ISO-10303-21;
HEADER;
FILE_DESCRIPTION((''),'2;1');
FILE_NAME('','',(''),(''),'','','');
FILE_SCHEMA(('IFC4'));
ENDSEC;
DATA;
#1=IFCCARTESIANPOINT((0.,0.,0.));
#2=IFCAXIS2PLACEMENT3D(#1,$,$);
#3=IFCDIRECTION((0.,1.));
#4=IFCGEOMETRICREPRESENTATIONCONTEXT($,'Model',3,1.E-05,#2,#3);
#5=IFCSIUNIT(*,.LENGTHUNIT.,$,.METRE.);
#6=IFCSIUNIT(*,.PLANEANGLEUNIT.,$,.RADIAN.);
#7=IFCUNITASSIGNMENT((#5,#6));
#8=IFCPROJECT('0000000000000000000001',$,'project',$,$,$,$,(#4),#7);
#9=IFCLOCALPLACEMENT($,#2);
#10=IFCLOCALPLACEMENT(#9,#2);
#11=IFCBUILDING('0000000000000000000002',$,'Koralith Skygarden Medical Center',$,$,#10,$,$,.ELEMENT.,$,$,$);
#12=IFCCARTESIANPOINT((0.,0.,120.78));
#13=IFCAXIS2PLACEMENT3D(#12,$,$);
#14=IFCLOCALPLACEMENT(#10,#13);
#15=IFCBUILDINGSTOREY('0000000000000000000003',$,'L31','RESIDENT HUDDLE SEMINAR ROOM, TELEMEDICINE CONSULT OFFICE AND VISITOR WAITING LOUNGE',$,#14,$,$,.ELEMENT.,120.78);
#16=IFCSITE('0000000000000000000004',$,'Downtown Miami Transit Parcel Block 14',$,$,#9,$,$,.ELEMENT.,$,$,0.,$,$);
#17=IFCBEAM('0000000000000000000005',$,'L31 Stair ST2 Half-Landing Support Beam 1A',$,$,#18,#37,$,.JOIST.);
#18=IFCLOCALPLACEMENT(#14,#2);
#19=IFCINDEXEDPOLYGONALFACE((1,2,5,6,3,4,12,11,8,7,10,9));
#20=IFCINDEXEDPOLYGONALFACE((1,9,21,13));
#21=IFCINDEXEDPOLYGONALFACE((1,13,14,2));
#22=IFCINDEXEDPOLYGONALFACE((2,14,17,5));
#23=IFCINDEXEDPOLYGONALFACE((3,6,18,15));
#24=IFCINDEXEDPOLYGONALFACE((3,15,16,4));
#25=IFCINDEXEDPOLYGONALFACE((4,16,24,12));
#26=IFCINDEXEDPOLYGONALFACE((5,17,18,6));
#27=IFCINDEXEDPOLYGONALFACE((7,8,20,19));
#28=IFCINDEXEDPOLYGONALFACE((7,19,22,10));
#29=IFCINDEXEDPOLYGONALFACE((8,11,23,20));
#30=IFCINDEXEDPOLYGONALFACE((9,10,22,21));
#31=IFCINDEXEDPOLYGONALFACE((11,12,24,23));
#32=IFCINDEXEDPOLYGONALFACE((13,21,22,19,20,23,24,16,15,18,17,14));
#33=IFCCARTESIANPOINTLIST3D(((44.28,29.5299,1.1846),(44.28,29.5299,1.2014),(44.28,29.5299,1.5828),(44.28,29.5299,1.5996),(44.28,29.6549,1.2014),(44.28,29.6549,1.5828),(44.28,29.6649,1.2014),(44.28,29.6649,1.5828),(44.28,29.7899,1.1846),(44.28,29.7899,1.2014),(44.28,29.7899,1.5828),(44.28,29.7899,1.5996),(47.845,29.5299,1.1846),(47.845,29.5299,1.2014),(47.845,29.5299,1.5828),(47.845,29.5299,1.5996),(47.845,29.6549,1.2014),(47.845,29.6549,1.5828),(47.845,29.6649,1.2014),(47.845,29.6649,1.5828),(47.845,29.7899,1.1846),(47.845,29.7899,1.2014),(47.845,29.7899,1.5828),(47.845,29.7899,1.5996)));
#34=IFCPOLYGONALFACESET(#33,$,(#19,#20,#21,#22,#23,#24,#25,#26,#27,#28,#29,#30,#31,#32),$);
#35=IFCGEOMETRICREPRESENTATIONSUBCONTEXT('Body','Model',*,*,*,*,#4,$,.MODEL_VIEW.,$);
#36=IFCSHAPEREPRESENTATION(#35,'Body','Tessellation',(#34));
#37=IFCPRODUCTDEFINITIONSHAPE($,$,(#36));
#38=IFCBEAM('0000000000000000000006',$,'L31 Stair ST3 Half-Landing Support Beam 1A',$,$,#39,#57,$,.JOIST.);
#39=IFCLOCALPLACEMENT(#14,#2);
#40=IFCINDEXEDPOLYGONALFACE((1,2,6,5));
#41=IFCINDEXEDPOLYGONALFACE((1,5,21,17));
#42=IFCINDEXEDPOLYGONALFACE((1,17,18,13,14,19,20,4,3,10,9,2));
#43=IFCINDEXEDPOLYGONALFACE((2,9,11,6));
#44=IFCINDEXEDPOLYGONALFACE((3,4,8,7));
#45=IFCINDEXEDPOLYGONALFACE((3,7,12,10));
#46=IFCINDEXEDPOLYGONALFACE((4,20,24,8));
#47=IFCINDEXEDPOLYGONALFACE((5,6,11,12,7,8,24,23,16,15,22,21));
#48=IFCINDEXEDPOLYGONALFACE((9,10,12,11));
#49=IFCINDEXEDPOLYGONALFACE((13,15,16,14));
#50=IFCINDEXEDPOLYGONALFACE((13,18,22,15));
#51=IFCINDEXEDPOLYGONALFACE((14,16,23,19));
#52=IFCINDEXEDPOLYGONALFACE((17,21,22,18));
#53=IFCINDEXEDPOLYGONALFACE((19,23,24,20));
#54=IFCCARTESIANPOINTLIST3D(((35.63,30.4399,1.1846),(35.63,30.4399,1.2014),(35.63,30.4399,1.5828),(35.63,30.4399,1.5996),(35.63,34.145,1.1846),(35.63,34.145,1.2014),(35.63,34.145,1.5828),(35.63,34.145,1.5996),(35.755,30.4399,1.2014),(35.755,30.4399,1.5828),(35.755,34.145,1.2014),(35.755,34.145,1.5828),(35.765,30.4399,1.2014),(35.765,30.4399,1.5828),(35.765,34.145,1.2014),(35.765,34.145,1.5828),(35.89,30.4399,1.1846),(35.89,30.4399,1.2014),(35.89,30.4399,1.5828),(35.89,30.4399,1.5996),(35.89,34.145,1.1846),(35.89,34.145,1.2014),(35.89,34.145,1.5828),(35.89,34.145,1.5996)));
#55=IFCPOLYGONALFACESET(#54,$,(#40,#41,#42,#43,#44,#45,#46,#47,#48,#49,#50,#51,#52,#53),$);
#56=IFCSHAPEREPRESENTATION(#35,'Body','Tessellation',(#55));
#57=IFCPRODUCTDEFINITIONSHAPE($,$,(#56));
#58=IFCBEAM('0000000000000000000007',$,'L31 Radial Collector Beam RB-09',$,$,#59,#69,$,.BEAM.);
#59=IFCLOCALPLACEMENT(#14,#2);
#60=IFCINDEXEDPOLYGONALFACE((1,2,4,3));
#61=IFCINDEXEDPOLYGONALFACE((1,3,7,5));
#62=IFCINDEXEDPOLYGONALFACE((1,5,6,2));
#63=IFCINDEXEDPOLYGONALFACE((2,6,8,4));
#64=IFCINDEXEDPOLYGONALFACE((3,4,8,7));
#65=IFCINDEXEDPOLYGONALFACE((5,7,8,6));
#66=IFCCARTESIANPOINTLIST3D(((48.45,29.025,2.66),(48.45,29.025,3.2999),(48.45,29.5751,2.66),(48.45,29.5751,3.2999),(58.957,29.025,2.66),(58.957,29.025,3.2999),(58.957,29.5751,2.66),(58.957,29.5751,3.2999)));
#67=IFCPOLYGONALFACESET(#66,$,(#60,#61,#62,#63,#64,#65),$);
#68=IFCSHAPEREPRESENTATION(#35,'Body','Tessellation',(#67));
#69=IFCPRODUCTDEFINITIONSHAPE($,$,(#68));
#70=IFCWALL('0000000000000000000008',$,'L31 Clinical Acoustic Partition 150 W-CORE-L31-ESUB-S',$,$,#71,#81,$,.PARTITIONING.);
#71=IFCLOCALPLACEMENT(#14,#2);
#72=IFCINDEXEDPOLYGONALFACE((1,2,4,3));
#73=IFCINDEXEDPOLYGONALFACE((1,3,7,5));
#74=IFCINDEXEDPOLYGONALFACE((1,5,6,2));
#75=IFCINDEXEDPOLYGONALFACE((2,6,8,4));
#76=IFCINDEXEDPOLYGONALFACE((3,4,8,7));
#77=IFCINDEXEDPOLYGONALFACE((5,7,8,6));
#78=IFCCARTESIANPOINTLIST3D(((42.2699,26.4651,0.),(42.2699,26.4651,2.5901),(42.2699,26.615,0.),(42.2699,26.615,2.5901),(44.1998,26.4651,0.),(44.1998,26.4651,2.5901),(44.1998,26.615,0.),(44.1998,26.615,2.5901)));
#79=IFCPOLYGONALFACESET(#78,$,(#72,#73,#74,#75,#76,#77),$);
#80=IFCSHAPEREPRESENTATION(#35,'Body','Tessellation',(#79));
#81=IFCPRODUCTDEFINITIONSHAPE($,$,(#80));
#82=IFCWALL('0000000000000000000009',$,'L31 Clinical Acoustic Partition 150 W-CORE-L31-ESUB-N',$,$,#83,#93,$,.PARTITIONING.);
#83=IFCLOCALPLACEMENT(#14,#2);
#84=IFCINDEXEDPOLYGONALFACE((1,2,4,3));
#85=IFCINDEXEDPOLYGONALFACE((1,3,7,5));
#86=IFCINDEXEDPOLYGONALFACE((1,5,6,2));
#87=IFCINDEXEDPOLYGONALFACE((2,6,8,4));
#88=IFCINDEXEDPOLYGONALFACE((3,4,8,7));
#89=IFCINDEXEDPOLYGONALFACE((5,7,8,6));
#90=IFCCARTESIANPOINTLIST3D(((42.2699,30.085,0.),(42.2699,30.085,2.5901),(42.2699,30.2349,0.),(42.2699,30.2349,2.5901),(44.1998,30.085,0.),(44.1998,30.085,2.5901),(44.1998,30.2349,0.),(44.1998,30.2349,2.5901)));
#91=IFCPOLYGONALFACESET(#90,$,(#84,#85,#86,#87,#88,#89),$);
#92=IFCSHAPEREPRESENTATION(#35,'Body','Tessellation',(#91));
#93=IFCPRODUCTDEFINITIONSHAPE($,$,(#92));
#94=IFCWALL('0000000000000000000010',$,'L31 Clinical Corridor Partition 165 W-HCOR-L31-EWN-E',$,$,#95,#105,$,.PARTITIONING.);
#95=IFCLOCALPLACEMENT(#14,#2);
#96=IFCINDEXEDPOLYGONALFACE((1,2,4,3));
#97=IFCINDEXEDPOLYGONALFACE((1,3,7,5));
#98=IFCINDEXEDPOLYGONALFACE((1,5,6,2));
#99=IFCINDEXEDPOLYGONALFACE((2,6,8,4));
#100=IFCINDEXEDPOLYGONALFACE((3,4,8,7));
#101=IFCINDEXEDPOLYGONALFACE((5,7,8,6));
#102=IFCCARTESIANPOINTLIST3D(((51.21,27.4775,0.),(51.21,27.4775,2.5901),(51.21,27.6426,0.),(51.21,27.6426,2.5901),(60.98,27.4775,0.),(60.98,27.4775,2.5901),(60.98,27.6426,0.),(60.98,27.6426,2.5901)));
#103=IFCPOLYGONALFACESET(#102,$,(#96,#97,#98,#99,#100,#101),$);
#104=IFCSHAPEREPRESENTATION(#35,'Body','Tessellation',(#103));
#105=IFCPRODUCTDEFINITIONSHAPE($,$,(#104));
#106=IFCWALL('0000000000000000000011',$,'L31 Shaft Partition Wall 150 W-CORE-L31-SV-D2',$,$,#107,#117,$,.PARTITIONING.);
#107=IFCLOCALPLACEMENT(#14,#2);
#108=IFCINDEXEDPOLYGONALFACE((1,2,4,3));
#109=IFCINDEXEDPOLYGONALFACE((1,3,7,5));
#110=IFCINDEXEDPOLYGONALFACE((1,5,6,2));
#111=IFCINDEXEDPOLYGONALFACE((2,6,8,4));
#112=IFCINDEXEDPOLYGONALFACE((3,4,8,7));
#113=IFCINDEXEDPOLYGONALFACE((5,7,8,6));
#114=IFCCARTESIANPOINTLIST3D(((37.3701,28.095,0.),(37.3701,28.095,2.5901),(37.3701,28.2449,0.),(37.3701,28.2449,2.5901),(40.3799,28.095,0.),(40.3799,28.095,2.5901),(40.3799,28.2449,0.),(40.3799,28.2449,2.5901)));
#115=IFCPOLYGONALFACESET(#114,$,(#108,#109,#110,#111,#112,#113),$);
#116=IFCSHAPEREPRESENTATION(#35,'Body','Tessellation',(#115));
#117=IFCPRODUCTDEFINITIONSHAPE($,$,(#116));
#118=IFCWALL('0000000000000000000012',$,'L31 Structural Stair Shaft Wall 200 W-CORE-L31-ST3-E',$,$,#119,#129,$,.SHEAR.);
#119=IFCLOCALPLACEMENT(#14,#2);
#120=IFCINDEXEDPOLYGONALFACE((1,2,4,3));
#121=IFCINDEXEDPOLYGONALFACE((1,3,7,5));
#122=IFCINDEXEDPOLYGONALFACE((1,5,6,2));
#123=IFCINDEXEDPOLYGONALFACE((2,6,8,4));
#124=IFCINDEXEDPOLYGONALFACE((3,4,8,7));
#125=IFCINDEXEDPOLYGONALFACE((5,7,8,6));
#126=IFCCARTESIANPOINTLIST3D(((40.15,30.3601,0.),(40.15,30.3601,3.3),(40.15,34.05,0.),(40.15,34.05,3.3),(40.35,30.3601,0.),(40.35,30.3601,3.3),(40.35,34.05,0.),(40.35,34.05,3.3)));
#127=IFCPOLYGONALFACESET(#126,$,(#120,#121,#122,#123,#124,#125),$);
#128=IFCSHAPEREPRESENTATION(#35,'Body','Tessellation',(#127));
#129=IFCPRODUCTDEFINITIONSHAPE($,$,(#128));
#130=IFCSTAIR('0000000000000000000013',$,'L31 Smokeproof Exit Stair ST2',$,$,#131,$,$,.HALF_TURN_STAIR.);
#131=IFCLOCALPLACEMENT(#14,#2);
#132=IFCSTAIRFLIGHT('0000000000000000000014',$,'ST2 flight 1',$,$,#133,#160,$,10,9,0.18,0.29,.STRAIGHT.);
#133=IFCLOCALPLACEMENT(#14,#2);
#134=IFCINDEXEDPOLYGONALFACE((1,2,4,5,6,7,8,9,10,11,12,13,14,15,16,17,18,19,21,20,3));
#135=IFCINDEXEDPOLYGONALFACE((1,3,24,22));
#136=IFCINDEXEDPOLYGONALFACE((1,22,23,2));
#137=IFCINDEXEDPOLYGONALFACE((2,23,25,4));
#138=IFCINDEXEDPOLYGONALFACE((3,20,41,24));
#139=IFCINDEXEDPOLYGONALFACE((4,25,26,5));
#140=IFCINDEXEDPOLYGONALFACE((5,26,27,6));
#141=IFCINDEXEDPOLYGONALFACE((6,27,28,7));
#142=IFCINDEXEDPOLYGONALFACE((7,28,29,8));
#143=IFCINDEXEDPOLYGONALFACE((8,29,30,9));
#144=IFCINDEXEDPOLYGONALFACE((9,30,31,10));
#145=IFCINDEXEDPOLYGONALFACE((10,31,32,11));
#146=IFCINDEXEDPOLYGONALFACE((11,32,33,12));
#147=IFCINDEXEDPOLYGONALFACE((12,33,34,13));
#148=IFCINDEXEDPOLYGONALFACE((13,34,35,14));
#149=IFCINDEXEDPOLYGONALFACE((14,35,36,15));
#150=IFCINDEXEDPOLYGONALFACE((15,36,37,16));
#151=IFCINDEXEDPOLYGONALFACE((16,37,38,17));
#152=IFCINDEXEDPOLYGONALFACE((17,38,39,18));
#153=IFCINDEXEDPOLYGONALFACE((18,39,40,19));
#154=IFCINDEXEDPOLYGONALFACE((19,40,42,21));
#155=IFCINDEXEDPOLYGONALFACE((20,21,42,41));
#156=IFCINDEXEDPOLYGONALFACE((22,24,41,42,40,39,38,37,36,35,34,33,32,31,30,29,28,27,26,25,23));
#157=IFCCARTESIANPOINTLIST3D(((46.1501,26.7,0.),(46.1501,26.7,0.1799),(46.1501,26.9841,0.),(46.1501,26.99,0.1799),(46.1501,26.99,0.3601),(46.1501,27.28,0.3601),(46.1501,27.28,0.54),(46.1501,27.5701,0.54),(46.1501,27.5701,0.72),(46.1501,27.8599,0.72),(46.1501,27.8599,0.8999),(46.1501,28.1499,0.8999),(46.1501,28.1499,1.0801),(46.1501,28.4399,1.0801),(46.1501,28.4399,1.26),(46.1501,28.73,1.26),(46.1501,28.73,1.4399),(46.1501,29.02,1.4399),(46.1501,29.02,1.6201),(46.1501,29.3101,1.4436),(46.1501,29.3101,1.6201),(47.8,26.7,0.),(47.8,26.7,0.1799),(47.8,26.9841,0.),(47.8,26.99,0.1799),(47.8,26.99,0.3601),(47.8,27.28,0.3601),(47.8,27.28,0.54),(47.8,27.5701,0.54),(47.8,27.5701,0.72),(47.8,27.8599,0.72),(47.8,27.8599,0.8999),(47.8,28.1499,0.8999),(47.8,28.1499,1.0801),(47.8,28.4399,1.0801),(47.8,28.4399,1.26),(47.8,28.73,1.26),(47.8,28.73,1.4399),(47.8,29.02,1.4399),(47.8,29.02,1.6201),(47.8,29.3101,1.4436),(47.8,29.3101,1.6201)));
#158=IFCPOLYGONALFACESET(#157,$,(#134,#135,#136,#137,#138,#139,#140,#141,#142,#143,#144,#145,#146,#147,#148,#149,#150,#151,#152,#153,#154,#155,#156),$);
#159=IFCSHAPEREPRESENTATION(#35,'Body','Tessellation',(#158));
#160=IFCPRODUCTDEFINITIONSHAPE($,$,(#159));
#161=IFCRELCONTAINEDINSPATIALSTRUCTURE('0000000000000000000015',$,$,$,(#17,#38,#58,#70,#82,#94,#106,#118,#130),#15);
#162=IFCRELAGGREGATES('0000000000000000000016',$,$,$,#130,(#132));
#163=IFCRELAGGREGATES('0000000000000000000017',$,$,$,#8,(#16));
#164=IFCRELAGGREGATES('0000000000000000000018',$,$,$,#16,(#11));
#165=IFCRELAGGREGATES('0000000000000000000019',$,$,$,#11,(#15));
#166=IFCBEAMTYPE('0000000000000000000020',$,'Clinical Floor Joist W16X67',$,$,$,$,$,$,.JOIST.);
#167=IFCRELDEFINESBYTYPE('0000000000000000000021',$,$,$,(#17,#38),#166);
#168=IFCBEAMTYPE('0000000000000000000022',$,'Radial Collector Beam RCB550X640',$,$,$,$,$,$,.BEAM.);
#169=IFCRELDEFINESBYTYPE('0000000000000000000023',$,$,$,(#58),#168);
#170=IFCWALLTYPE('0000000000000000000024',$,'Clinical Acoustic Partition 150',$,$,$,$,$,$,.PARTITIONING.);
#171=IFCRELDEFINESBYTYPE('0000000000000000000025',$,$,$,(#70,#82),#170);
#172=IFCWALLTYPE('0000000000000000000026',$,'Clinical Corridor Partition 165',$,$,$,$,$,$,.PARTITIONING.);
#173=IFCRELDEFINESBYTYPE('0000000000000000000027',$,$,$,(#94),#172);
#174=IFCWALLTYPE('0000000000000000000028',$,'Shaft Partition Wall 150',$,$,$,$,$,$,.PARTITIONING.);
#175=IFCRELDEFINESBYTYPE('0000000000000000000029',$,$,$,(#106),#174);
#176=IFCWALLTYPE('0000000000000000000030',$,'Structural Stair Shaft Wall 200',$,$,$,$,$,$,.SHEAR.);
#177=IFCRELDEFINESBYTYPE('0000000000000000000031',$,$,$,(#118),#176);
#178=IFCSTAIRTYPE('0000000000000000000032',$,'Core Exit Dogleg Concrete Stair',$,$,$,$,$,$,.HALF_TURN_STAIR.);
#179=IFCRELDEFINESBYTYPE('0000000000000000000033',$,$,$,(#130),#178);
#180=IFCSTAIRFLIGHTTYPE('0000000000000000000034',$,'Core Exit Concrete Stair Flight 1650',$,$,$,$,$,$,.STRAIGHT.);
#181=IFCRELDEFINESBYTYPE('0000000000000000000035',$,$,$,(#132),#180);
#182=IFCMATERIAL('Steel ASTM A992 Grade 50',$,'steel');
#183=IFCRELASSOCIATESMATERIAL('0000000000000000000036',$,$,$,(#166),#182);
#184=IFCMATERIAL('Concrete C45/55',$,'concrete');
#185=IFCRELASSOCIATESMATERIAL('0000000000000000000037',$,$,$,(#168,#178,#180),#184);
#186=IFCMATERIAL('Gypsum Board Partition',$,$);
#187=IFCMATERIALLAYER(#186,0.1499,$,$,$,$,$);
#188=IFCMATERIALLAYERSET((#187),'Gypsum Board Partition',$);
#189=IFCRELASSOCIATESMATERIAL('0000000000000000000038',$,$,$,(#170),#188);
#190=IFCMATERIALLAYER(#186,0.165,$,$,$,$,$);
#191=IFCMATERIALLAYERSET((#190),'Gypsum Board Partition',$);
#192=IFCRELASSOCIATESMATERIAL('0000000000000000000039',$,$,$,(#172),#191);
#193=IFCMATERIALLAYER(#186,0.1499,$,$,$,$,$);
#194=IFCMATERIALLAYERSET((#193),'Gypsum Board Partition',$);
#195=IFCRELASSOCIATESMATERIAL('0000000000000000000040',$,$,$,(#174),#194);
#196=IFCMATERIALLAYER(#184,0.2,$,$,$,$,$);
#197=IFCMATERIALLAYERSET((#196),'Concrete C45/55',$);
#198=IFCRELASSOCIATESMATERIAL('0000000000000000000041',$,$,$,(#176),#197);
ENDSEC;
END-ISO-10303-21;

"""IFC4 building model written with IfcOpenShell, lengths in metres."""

from ifc_helpers import new_model, si_unit, direction, frame, frame_2d, origin, origin_2d, place, context, subcontext, project, spatial, polyline, rectangle, i_section, outline, extrude, material, layer, layer_set, material_profile, profile_set, type_object, element, aggregate, save


model = new_model("IFC4")

# Units and contexts
model_context = context("Model", 3, precision=1e-05, world=origin(), true_north=direction((0.0, 1.0)))
body_context = subcontext(model_context, "Body", "Model", "MODEL_VIEW")
ifc_project = project(units=[si_unit("LENGTHUNIT", "METRE"), si_unit("PLANEANGLEUNIT", "RADIAN")], contexts=[model_context])

# Site, building, storey
site_placement = place(None, origin())
site = spatial("IfcSite", under=ifc_project, at=site_placement, Name="Downtown Miami Transit Parcel Block 14", CompositionType="ELEMENT", RefElevation=0.0)
building_placement = place(site_placement, origin())
building = spatial("IfcBuilding", under=site, at=building_placement, Name="Koralith Skygarden Medical Center", CompositionType="ELEMENT")
storey_placement = place(building_placement, frame((0.0, 0.0, 120.78)))
storey = spatial("IfcBuildingStorey", under=building, at=storey_placement, Name="L31", Description="RESIDENT HUDDLE SEMINAR ROOM, TELEMEDICINE CONSULT OFFICE AND VISITOR WAITING LOUNGE", CompositionType="ELEMENT", Elevation=120.78)

# Beams
ifc_material_1 = material(Name="Steel ASTM A992 Grade 50", Category="steel")
ifc_material_profile_1 = material_profile(ifc_material_1, i_section(OverallWidth=0.26, OverallDepth=0.415, WebThickness=0.01, FlangeThickness=0.0168, at=origin_2d()), Name="W16X67")
ifc_profile_set_1 = profile_set([ifc_material_profile_1], Name="Steel ASTM A992 Grade 50")
beam_type_1 = type_object("IfcBeamType", Name="Clinical Floor Joist W16X67", PredefinedType="JOIST", material=ifc_profile_set_1)
beam_1_placement = place(storey_placement, frame((44.28, 29.6599, 1.3921), z_axis=(1.0, 0.0, 0.0), x_axis=(0.0, 1.0, 0.0)))
element("IfcBeam", 1, at=beam_1_placement, inside=storey, type_object=beam_type_1, Name="L31 Stair ST2 Half-Landing Support Beam 1A", PredefinedType="JOIST", context=body_context, shape_type="SweptSolid", body=[
    extrude(i_section(OverallWidth=0.26, OverallDepth=0.415, WebThickness=0.01, FlangeThickness=0.0168, at=origin_2d()), origin(), (0.0, 0.0, 1.0), 3.5649),
])
beam_2_placement = place(storey_placement, frame((35.76, 30.4399, 1.3921), z_axis=(0.0, 1.0, 0.0), x_axis=(-1.0, 0.0, 0.0)))
element("IfcBeam", 2, at=beam_2_placement, inside=storey, type_object=beam_type_1, Name="L31 Stair ST3 Half-Landing Support Beam 1A", PredefinedType="JOIST", context=body_context, shape_type="SweptSolid", body=[
    extrude(i_section(OverallWidth=0.26, OverallDepth=0.415, WebThickness=0.01, FlangeThickness=0.0168, at=origin_2d()), origin(), (0.0, 0.0, 1.0), 3.7051),
])
ifc_material_2 = material(Name="Concrete C45/55", Category="concrete")
ifc_material_profile_2 = material_profile(ifc_material_2, rectangle(XDim=0.55, YDim=0.6399, at=origin_2d()), Name="RCB550X640")
ifc_profile_set_2 = profile_set([ifc_material_profile_2], Name="Concrete C45/55")
beam_type_2 = type_object("IfcBeamType", Name="Radial Collector Beam RCB550X640", PredefinedType="BEAM", material=ifc_profile_set_2)
beam_3_placement = place(storey_placement, frame((48.45, 29.3, 2.98), z_axis=(1.0, 0.0, 0.0), x_axis=(0.0, 1.0, 0.0)))
element("IfcBeam", 3, at=beam_3_placement, inside=storey, type_object=beam_type_2, Name="L31 Radial Collector Beam RB-09", PredefinedType="BEAM", context=body_context, shape_type="SweptSolid", body=[
    extrude(rectangle(XDim=0.55, YDim=0.6399, at=origin_2d()), origin(), (0.0, 0.0, 1.0), 10.5071),
])

# Shared definitions
ifc_material_3 = material(Name="Gypsum Board Partition")
ifc_layer_1 = layer(ifc_material_3, 0.1499)
ifc_layer_set_1 = layer_set([ifc_layer_1], Name="Gypsum Board Partition")
wall_type_1 = type_object("IfcWallType", Name="Clinical Acoustic Partition 150", PredefinedType="PARTITIONING", material=ifc_layer_set_1)

# Walls
for number, where, z_axis, x_axis, name in (
    (4, (42.27, 26.54, 0.0), (0.0, 0.0, 1.0), (1.0, 0.0, 0.0), "L31 Clinical Acoustic Partition 150 W-CORE-L31-ESUB-S"),
    (5, (42.27, 30.1599, 0.0), (0.0, 0.0, 1.0), (1.0, 0.0, 0.0), "L31 Clinical Acoustic Partition 150 W-CORE-L31-ESUB-N"),
):
    element("IfcWall", number, at=place(storey_placement, frame(where, z_axis=z_axis, x_axis=x_axis)), inside=storey, type_object=wall_type_1, Name=name, PredefinedType="PARTITIONING", context=body_context, shape_type="SweptSolid", body=[
        extrude(rectangle(XDim=1.9299, YDim=0.1499, at=frame_2d((0.9648, 0.0))), origin(), (0.0, 0.0, 1.0), 2.5901),
    ])
ifc_layer_2 = layer(ifc_material_3, 0.165)
ifc_layer_set_2 = layer_set([ifc_layer_2], Name="Gypsum Board Partition")
wall_type_2 = type_object("IfcWallType", Name="Clinical Corridor Partition 165", PredefinedType="PARTITIONING", material=ifc_layer_set_2)
wall_1_placement = place(storey_placement, frame((51.21, 27.5601, 0.0), z_axis=(0.0, 0.0, 1.0), x_axis=(1.0, 0.0, 0.0)))
element("IfcWall", 6, at=wall_1_placement, inside=storey, type_object=wall_type_2, Name="L31 Clinical Corridor Partition 165 W-HCOR-L31-EWN-E", PredefinedType="PARTITIONING", context=body_context, shape_type="SweptSolid", body=[
    extrude(rectangle(XDim=9.77, YDim=0.165, at=frame_2d((4.885, 0.0))), origin(), (0.0, 0.0, 1.0), 2.5901),
])
ifc_layer_3 = layer(ifc_material_3, 0.1499)
ifc_layer_set_3 = layer_set([ifc_layer_3], Name="Gypsum Board Partition")
wall_type_3 = type_object("IfcWallType", Name="Shaft Partition Wall 150", PredefinedType="PARTITIONING", material=ifc_layer_set_3)
wall_2_placement = place(storey_placement, frame((37.3701, 28.1699, 0.0), z_axis=(0.0, 0.0, 1.0), x_axis=(1.0, 0.0, 0.0)))
element("IfcWall", 7, at=wall_2_placement, inside=storey, type_object=wall_type_3, Name="L31 Shaft Partition Wall 150 W-CORE-L31-SV-D2", PredefinedType="PARTITIONING", context=body_context, shape_type="SweptSolid", body=[
    extrude(rectangle(XDim=3.0098, YDim=0.1499, at=frame_2d((1.5049, 0.0))), origin(), (0.0, 0.0, 1.0), 2.5901),
])
ifc_layer_4 = layer(ifc_material_2, 0.2)
ifc_layer_set_4 = layer_set([ifc_layer_4], Name="Concrete C45/55")
wall_type_4 = type_object("IfcWallType", Name="Structural Stair Shaft Wall 200", PredefinedType="SHEAR", material=ifc_layer_set_4)
wall_3_placement = place(storey_placement, frame((40.25, 30.3601, 0.0), z_axis=(0.0, 0.0, 1.0), x_axis=(0.0, 1.0, 0.0)))
element("IfcWall", 8, at=wall_3_placement, inside=storey, type_object=wall_type_4, Name="L31 Structural Stair Shaft Wall 200 W-CORE-L31-ST3-E", PredefinedType="SHEAR", context=body_context, shape_type="SweptSolid", body=[
    extrude(rectangle(XDim=3.6899, YDim=0.2, at=frame_2d((1.845, 0.0))), origin(), (0.0, 0.0, 1.0), 3.3),
])

# Stair, stair flight
stair_type = type_object("IfcStairType", Name="Core Exit Dogleg Concrete Stair", PredefinedType="HALF_TURN_STAIR", material=ifc_material_2)
stair_placement = place(storey_placement, origin())
stair = element("IfcStair", 9, at=stair_placement, inside=storey, type_object=stair_type, Name="L31 Smokeproof Exit Stair ST2", PredefinedType="HALF_TURN_STAIR")
stair_flight_type = type_object("IfcStairFlightType", Name="Core Exit Concrete Stair Flight 1650", PredefinedType="STRAIGHT", material=ifc_material_2)
stair_flight_1_placement = place(storey_placement, frame((46.9751, 26.7, 0.0), z_axis=(0.0, 0.0, 1.0), x_axis=(0.0, 1.0, 0.0)))
stair_flight_1 = element("IfcStairFlight", 10, at=stair_flight_1_placement, type_object=stair_flight_type, Name="ST2 flight 1", NumberOfRisers=10, NumberOfTreads=9, PredefinedType="STRAIGHT", RiserHeight=0.18, TreadLength=0.29, context=body_context, shape_type="SweptSolid", body=[
    extrude(outline(polyline([(0.0, 0.0), (0.0, 0.1799), (0.29, 0.1799), (0.29, 0.3601), (0.5801, 0.3601), (0.5801, 0.54), (0.8701, 0.54), (0.8701, 0.72), (1.1599, 0.72), (1.1599, 0.8999), (1.45, 0.8999), (1.45, 1.0801), (1.74, 1.0801), (1.74, 1.26), (2.03, 1.26), (2.03, 1.4399), (2.3201, 1.4399), (2.3201, 1.6201), (2.6101, 1.6201), (2.6101, 1.8), (2.6101, 1.4436), (0.2842, 0.0), (0.0, 0.0)])), frame((0.0, 0.825, 0.0), z_axis=(0.0, -1.0, 0.0), x_axis=(1.0, 0.0, 0.0)), (0.0, 0.0, 1.0), 1.6499),
])
aggregate(stair, [stair_flight_1])

save(model, "model.ifc")
